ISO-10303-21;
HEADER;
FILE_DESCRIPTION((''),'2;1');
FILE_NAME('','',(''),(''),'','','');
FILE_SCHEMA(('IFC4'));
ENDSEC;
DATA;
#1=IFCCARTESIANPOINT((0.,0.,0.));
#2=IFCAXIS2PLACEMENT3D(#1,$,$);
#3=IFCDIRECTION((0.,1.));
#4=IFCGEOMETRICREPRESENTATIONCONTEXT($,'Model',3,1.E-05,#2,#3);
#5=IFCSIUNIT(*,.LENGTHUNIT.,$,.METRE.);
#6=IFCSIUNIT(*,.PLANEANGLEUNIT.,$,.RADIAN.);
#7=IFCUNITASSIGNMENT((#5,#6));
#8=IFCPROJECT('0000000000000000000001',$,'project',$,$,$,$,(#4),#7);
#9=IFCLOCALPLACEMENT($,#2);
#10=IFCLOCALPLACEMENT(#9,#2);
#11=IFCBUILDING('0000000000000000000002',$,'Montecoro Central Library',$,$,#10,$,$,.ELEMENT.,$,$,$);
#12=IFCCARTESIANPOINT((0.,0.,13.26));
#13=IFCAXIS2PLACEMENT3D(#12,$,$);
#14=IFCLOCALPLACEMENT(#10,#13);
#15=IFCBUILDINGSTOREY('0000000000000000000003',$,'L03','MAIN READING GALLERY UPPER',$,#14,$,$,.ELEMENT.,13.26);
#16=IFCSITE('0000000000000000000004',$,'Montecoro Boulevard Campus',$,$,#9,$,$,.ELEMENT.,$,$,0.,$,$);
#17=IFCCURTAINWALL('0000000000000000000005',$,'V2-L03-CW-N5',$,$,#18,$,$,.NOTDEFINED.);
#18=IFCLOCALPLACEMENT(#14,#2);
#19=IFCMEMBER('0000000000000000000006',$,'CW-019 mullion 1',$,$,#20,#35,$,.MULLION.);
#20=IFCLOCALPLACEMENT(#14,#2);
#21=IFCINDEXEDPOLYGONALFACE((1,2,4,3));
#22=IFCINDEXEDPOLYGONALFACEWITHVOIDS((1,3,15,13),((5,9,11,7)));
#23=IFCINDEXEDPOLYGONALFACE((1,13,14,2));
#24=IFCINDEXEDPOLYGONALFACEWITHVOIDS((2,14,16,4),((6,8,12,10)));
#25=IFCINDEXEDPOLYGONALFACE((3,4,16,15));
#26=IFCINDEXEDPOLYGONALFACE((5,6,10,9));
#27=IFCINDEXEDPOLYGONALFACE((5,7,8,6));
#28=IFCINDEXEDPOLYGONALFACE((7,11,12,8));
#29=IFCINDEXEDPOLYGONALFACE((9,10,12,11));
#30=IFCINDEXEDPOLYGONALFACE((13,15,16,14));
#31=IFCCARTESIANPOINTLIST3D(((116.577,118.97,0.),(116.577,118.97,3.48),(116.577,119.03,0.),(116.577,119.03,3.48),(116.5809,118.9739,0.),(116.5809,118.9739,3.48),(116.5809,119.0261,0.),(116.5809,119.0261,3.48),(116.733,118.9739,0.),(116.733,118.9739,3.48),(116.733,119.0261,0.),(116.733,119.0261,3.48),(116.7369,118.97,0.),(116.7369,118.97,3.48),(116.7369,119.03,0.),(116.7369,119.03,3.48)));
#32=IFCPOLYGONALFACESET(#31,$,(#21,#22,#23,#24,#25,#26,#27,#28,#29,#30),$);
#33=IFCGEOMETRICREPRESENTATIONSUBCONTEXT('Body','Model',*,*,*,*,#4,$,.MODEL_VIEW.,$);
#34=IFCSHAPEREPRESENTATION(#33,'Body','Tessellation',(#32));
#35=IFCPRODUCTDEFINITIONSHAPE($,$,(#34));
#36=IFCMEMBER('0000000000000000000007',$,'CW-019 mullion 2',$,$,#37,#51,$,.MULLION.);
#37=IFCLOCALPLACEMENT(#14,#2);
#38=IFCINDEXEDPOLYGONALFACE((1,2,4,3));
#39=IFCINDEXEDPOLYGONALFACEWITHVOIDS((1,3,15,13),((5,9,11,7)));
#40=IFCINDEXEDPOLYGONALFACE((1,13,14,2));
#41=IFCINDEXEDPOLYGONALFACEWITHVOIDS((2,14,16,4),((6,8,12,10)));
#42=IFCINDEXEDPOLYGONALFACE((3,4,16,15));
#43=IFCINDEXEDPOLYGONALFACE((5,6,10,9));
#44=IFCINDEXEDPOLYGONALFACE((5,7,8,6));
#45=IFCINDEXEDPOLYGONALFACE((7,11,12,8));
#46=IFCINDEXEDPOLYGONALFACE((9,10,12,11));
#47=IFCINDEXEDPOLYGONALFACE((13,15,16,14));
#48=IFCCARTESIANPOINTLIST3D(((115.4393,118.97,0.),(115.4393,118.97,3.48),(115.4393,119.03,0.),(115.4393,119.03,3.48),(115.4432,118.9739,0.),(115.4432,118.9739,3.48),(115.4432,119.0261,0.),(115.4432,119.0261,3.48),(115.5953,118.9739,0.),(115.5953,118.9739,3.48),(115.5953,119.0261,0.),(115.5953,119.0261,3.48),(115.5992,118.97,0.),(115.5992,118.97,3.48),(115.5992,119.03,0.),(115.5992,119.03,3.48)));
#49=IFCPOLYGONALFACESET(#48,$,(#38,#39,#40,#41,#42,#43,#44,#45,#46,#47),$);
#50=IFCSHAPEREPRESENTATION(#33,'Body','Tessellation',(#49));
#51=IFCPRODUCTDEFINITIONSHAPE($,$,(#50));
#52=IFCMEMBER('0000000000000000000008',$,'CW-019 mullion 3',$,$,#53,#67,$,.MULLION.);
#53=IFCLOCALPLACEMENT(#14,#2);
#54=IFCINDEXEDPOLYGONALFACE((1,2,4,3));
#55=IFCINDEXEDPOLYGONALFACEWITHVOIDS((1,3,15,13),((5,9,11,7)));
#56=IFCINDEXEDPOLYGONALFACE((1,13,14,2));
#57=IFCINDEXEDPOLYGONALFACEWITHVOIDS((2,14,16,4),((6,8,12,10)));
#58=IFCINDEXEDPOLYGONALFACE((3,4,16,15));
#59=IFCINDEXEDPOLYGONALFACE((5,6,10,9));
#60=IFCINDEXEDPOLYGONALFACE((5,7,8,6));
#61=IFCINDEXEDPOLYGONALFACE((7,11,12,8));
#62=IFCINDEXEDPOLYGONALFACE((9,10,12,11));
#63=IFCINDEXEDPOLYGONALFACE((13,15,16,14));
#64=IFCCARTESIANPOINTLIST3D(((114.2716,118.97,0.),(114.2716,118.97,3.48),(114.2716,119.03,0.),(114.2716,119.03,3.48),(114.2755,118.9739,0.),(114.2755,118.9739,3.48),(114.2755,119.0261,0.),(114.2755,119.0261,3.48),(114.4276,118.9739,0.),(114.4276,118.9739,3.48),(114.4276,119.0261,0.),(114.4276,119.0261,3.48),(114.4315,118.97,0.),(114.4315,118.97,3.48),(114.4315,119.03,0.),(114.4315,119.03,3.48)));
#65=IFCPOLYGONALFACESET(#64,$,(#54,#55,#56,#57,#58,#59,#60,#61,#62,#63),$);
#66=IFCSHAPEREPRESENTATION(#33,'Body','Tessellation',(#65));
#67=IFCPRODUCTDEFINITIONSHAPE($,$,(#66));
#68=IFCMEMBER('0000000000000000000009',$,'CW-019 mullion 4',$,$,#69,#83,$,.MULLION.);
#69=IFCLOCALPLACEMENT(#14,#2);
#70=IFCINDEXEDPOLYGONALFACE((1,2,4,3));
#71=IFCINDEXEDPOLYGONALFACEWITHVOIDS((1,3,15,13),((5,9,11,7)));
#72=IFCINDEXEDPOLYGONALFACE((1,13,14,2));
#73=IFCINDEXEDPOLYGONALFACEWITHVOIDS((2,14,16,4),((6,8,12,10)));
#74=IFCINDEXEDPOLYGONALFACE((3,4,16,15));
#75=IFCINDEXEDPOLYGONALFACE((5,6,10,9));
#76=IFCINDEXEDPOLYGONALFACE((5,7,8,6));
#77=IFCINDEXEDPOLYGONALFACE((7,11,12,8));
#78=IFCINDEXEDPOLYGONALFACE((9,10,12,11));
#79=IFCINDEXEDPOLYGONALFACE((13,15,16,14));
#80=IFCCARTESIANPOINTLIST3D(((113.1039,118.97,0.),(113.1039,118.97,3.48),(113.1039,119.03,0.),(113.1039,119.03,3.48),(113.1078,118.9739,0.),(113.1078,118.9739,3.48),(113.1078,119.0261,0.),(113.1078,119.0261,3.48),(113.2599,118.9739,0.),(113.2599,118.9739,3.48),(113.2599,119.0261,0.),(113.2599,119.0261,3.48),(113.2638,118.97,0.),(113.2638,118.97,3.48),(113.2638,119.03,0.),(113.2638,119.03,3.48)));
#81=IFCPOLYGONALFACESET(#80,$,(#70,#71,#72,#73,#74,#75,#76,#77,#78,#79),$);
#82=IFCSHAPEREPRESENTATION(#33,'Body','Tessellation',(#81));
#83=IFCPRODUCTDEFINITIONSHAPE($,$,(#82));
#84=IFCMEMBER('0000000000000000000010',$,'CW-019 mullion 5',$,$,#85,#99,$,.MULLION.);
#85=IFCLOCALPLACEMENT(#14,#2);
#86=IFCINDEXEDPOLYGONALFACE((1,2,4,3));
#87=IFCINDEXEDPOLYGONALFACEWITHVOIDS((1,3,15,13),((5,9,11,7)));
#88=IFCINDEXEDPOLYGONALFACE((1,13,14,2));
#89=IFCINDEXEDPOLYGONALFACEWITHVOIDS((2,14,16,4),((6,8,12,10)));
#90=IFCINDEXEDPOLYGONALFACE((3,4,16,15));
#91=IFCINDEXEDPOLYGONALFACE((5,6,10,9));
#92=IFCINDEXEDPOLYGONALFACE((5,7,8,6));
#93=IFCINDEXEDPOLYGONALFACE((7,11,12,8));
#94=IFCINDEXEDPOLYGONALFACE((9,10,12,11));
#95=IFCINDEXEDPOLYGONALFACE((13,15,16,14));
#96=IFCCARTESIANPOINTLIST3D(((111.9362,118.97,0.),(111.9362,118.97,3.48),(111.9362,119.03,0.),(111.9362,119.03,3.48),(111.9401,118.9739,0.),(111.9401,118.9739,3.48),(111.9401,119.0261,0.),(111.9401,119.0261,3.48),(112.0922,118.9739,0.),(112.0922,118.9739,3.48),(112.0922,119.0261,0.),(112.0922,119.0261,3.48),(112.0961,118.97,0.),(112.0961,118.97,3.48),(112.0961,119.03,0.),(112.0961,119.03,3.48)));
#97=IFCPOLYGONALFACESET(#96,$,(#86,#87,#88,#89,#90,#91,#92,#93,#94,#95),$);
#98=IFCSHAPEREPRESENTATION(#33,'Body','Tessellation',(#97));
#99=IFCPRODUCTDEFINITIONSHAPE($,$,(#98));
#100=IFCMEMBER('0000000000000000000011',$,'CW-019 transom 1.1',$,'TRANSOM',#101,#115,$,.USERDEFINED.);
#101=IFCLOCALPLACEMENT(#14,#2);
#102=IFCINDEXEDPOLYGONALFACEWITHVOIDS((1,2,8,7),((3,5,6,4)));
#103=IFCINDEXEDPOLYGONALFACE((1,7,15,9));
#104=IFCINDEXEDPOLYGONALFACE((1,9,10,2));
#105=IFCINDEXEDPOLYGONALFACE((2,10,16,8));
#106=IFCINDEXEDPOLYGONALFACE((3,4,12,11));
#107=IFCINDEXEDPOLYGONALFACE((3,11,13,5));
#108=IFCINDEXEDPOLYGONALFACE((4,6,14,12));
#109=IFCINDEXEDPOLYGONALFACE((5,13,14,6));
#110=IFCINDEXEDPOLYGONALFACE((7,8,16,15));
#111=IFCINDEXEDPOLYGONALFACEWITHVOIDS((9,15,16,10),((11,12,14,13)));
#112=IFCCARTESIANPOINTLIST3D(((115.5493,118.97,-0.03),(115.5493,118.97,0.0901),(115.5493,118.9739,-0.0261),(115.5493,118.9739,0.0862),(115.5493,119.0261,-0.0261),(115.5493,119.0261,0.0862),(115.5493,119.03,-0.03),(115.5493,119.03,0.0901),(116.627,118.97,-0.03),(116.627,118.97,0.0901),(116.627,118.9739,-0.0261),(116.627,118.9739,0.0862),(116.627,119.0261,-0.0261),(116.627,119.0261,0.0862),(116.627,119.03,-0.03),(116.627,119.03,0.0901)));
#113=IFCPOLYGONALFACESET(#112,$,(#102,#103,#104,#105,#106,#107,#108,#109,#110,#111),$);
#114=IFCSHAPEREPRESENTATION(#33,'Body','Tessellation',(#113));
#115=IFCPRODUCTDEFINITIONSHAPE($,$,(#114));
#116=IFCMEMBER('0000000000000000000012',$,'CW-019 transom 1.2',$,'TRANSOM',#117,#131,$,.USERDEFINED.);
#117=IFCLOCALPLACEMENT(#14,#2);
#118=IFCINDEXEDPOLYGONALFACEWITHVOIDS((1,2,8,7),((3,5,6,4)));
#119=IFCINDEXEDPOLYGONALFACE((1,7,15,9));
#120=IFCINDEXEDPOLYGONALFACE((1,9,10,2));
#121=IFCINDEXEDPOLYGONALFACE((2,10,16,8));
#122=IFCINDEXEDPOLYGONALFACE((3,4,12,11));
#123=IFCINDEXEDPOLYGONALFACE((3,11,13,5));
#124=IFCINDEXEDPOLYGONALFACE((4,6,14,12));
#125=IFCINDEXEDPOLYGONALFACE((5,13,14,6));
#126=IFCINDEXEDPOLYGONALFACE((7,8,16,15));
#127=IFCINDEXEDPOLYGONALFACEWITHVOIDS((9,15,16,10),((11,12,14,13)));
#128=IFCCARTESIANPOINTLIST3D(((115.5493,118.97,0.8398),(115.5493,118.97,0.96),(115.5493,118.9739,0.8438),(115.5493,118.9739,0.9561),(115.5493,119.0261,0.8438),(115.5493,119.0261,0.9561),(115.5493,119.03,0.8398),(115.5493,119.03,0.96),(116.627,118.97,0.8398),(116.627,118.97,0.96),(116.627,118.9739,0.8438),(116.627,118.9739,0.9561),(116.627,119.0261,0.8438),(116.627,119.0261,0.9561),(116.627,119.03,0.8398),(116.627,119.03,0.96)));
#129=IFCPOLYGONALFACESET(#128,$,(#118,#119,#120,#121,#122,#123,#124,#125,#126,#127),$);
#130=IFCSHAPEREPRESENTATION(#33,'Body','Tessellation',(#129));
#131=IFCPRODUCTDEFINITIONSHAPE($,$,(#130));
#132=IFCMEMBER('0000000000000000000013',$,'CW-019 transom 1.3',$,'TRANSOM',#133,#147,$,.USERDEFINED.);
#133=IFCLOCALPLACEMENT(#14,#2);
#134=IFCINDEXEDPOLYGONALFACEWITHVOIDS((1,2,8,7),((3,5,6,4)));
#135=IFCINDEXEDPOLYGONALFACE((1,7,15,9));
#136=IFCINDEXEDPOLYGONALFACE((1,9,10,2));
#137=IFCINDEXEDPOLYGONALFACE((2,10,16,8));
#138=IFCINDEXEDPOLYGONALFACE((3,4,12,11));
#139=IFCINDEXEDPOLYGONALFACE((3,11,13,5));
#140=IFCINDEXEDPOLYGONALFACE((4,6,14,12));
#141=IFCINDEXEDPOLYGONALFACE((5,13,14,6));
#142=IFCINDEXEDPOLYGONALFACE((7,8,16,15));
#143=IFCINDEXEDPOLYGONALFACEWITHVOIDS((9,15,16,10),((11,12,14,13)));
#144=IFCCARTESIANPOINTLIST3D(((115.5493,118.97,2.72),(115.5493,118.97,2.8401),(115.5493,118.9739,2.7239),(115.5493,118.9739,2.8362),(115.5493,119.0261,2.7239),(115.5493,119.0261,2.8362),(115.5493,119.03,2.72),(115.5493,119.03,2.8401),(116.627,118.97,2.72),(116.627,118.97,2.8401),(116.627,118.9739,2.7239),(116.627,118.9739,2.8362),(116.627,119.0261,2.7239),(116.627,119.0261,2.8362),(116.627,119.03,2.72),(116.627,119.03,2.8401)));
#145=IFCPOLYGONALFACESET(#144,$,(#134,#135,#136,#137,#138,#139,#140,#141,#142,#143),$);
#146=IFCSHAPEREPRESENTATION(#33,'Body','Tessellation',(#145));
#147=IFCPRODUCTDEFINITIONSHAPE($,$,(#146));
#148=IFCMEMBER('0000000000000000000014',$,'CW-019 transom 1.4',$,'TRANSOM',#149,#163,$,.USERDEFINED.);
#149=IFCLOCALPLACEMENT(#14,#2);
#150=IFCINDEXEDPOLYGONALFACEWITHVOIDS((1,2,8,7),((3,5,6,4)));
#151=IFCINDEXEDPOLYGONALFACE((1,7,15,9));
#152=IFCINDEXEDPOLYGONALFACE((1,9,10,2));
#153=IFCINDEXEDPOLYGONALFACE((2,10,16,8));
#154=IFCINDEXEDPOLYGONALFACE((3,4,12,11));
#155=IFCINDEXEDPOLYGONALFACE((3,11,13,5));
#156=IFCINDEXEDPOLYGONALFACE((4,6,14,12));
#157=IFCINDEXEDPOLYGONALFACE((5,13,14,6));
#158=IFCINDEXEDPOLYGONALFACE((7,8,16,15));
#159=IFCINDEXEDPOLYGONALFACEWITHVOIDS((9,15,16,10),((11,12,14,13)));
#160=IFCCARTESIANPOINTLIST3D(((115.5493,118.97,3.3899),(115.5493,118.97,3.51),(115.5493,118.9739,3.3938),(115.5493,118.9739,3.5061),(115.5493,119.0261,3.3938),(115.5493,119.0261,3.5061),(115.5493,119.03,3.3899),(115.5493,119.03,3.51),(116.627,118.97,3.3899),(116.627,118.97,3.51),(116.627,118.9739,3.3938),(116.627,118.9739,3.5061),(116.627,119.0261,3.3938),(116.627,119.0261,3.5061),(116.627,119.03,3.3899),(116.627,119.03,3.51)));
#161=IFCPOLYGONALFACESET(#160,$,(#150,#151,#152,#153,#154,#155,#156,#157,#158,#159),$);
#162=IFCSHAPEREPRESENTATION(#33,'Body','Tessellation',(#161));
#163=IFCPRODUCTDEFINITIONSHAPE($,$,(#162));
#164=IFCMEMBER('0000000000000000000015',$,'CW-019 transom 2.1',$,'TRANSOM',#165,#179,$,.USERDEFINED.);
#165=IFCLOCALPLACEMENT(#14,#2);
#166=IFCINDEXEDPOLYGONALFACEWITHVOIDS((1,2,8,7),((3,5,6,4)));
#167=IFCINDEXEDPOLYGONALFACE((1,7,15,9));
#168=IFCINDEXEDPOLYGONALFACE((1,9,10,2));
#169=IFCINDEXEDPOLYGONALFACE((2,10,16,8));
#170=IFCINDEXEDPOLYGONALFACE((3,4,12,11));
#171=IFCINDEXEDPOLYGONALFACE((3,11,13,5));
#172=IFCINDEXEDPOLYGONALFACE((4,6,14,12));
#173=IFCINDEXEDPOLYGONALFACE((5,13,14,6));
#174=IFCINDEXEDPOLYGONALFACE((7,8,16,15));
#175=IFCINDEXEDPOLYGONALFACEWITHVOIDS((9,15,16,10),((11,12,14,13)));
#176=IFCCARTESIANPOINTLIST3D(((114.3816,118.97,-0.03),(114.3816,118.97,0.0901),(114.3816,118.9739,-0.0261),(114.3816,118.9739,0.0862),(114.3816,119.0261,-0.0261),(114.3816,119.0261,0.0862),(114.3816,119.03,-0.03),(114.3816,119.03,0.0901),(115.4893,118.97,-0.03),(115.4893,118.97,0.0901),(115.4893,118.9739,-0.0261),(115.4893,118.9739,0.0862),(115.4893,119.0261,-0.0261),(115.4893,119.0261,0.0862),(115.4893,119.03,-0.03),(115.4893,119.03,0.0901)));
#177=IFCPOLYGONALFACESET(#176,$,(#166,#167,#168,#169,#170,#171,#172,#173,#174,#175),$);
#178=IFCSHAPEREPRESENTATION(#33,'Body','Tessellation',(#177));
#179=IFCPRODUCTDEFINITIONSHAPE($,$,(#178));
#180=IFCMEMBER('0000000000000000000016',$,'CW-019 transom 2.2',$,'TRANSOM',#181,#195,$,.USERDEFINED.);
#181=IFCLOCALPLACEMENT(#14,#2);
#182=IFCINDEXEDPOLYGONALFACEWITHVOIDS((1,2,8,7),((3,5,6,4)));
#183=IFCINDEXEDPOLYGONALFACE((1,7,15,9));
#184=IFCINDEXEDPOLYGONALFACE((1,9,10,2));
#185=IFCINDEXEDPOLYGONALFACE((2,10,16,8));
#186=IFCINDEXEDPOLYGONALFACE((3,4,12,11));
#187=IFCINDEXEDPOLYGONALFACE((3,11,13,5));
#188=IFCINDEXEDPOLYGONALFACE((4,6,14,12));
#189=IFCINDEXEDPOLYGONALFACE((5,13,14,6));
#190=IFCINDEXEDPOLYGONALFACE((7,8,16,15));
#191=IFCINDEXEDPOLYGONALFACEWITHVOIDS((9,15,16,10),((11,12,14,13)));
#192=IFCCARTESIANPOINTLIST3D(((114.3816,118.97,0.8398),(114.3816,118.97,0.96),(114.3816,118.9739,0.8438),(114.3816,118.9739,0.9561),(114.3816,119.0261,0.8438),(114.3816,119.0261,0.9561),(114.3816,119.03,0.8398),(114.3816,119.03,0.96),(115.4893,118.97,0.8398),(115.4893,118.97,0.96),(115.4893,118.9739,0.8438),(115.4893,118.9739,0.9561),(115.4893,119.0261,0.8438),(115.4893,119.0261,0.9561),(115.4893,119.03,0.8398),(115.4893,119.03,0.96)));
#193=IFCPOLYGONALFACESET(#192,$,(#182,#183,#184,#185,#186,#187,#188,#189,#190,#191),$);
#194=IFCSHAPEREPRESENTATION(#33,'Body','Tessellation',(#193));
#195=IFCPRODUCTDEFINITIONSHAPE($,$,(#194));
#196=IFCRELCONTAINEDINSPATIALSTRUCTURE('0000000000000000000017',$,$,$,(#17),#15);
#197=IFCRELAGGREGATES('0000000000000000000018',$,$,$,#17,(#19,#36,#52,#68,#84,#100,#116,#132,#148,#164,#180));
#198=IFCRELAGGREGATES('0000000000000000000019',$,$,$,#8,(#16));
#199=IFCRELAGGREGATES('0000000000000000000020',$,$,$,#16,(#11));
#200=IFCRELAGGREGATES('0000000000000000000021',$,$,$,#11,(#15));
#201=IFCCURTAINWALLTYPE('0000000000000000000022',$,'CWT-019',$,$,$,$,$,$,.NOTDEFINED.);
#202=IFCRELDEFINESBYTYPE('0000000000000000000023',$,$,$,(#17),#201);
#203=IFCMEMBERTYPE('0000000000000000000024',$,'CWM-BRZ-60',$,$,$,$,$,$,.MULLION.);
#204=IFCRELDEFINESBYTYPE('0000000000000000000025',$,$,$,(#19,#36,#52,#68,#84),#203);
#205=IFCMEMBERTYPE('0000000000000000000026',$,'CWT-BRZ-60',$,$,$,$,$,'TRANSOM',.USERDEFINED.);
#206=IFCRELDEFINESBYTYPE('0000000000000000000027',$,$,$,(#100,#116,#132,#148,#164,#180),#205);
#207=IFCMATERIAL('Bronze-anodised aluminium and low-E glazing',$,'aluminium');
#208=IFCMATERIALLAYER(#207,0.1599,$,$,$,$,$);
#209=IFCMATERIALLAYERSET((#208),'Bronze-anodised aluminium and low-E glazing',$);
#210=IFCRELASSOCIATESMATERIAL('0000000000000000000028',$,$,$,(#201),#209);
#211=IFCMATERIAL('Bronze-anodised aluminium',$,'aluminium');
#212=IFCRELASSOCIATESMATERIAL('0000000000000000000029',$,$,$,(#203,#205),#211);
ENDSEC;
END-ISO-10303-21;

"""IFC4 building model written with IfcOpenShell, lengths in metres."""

from ifc_helpers import new_model, si_unit, direction, frame, origin, origin_2d, place, context, subcontext, project, spatial, hollow_rectangle, extrude, material, layer, layer_set, material_profile, profile_set, type_object, element, aggregate, save


model = new_model("IFC4")

# Units and contexts
model_context = context("Model", 3, precision=1e-05, world=origin(), true_north=direction((0.0, 1.0)))
body_context = subcontext(model_context, "Body", "Model", "MODEL_VIEW")
ifc_project = project(units=[si_unit("LENGTHUNIT", "METRE"), si_unit("PLANEANGLEUNIT", "RADIAN")], contexts=[model_context])

# Site, building, storey
site_placement = place(None, origin())
site = spatial("IfcSite", under=ifc_project, at=site_placement, Name="Montecoro Boulevard Campus", CompositionType="ELEMENT", RefElevation=0.0)
building_placement = place(site_placement, origin())
building = spatial("IfcBuilding", under=site, at=building_placement, Name="Montecoro Central Library", CompositionType="ELEMENT")
storey_placement = place(building_placement, frame((0.0, 0.0, 13.26)))
storey = spatial("IfcBuildingStorey", under=building, at=storey_placement, Name="L03", Description="MAIN READING GALLERY UPPER", CompositionType="ELEMENT", Elevation=13.26)

# Curtain wall, members
ifc_material_1 = material(Name="Bronze-anodised aluminium and low-E glazing", Category="aluminium")
ifc_layer_1 = layer(ifc_material_1, 0.1599)
ifc_layer_set_1 = layer_set([ifc_layer_1], Name="Bronze-anodised aluminium and low-E glazing")
curtain_wall_type = type_object("IfcCurtainWallType", Name="CWT-019", PredefinedType="NOTDEFINED", material=ifc_layer_set_1)
curtain_wall_placement = place(storey_placement, origin())
curtain_wall = element("IfcCurtainWall", 1, at=curtain_wall_placement, inside=storey, type_object=curtain_wall_type, Name="V2-L03-CW-N5", PredefinedType="NOTDEFINED")
ifc_material_2 = material(Name="Bronze-anodised aluminium", Category="aluminium")
ifc_material_profile_1 = material_profile(ifc_material_2, hollow_rectangle(XDim=0.0601, YDim=0.1599, WallThickness=0.0039, at=origin_2d()), Name="CWM 160x60x4.0")
ifc_profile_set_1 = profile_set([ifc_material_profile_1], Name="Bronze-anodised aluminium")
member_type_1 = type_object("IfcMemberType", Name="CWM-BRZ-60", PredefinedType="MULLION", material=ifc_profile_set_1)
member_1_placement = place(storey_placement, frame((116.657, 119.0, 0.0), z_axis=(0.0, 0.0, 1.0), x_axis=(0.0, -1.0, 0.0)))
member_1 = element("IfcMember", 2, at=member_1_placement, type_object=member_type_1, Name="CW-019 mullion 1", PredefinedType="MULLION", context=body_context, shape_type="SweptSolid", body=[
    extrude(hollow_rectangle(XDim=0.0601, YDim=0.1599, WallThickness=0.0039, at=origin_2d()), origin(), (0.0, 0.0, 1.0), 3.48),
])
member_2_placement = place(storey_placement, frame((115.5193, 119.0, 0.0), z_axis=(0.0, 0.0, 1.0), x_axis=(0.0, -1.0, 0.0)))
member_2 = element("IfcMember", 3, at=member_2_placement, type_object=member_type_1, Name="CW-019 mullion 2", PredefinedType="MULLION", context=body_context, shape_type="SweptSolid", body=[
    extrude(hollow_rectangle(XDim=0.0601, YDim=0.1599, WallThickness=0.0039, at=origin_2d()), origin(), (0.0, 0.0, 1.0), 3.48),
])
member_3_placement = place(storey_placement, frame((114.3516, 119.0, 0.0), z_axis=(0.0, 0.0, 1.0), x_axis=(0.0, -1.0, 0.0)))
member_3 = element("IfcMember", 4, at=member_3_placement, type_object=member_type_1, Name="CW-019 mullion 3", PredefinedType="MULLION", context=body_context, shape_type="SweptSolid", body=[
    extrude(hollow_rectangle(XDim=0.0601, YDim=0.1599, WallThickness=0.0039, at=origin_2d()), origin(), (0.0, 0.0, 1.0), 3.48),
])
member_4_placement = place(storey_placement, frame((113.1838, 119.0, 0.0), z_axis=(0.0, 0.0, 1.0), x_axis=(0.0, -1.0, 0.0)))
member_4 = element("IfcMember", 5, at=member_4_placement, type_object=member_type_1, Name="CW-019 mullion 4", PredefinedType="MULLION", context=body_context, shape_type="SweptSolid", body=[
    extrude(hollow_rectangle(XDim=0.0601, YDim=0.1599, WallThickness=0.0039, at=origin_2d()), origin(), (0.0, 0.0, 1.0), 3.48),
])
member_5_placement = place(storey_placement, frame((112.0161, 119.0, 0.0), z_axis=(0.0, 0.0, 1.0), x_axis=(0.0, -1.0, 0.0)))
member_5 = element("IfcMember", 6, at=member_5_placement, type_object=member_type_1, Name="CW-019 mullion 5", PredefinedType="MULLION", context=body_context, shape_type="SweptSolid", body=[
    extrude(hollow_rectangle(XDim=0.0601, YDim=0.1599, WallThickness=0.0039, at=origin_2d()), origin(), (0.0, 0.0, 1.0), 3.48),
])
ifc_material_profile_2 = material_profile(ifc_material_2, hollow_rectangle(XDim=0.0601, YDim=0.1201, WallThickness=0.0039, at=origin_2d()), Name="CWT 120x60x4.0")
ifc_profile_set_2 = profile_set([ifc_material_profile_2], Name="Bronze-anodised aluminium")
member_type_2 = type_object("IfcMemberType", Name="CWT-BRZ-60", ElementType="TRANSOM", PredefinedType="USERDEFINED", material=ifc_profile_set_2)
member_6_placement = place(storey_placement, frame((116.627, 119.0, 0.03), z_axis=(-1.0, 0.0, 0.0), x_axis=(0.0, -1.0, 0.0)))
member_6 = element("IfcMember", 7, at=member_6_placement, type_object=member_type_2, Name="CW-019 transom 1.1", ObjectType="TRANSOM", PredefinedType="USERDEFINED", context=body_context, shape_type="SweptSolid", body=[
    extrude(hollow_rectangle(XDim=0.0601, YDim=0.1201, WallThickness=0.0039, at=origin_2d()), origin(), (0.0, 0.0, 1.0), 1.0776),
])
member_7_placement = place(storey_placement, frame((116.627, 119.0, 0.8999), z_axis=(-1.0, 0.0, 0.0), x_axis=(0.0, -1.0, 0.0)))
member_7 = element("IfcMember", 8, at=member_7_placement, type_object=member_type_2, Name="CW-019 transom 1.2", ObjectType="TRANSOM", PredefinedType="USERDEFINED", context=body_context, shape_type="SweptSolid", body=[
    extrude(hollow_rectangle(XDim=0.0601, YDim=0.1201, WallThickness=0.0039, at=origin_2d()), origin(), (0.0, 0.0, 1.0), 1.0776),
])
member_8_placement = place(storey_placement, frame((116.627, 119.0, 2.78), z_axis=(-1.0, 0.0, 0.0), x_axis=(0.0, -1.0, 0.0)))
member_8 = element("IfcMember", 9, at=member_8_placement, type_object=member_type_2, Name="CW-019 transom 1.3", ObjectType="TRANSOM", PredefinedType="USERDEFINED", context=body_context, shape_type="SweptSolid", body=[
    extrude(hollow_rectangle(XDim=0.0601, YDim=0.1201, WallThickness=0.0039, at=origin_2d()), origin(), (0.0, 0.0, 1.0), 1.0776),
])
member_9_placement = place(storey_placement, frame((116.627, 119.0, 3.45), z_axis=(-1.0, 0.0, 0.0), x_axis=(0.0, -1.0, 0.0)))
member_9 = element("IfcMember", 10, at=member_9_placement, type_object=member_type_2, Name="CW-019 transom 1.4", ObjectType="TRANSOM", PredefinedType="USERDEFINED", context=body_context, shape_type="SweptSolid", body=[
    extrude(hollow_rectangle(XDim=0.0601, YDim=0.1201, WallThickness=0.0039, at=origin_2d()), origin(), (0.0, 0.0, 1.0), 1.0776),
])
member_10_placement = place(storey_placement, frame((115.4893, 119.0, 0.03), z_axis=(-1.0, 0.0, 0.0), x_axis=(0.0, -1.0, 0.0)))
member_10 = element("IfcMember", 11, at=member_10_placement, type_object=member_type_2, Name="CW-019 transom 2.1", ObjectType="TRANSOM", PredefinedType="USERDEFINED", context=body_context, shape_type="SweptSolid", body=[
    extrude(hollow_rectangle(XDim=0.0601, YDim=0.1201, WallThickness=0.0039, at=origin_2d()), origin(), (0.0, 0.0, 1.0), 1.1077),
])
member_11_placement = place(storey_placement, frame((115.4893, 119.0, 0.8999), z_axis=(-1.0, 0.0, 0.0), x_axis=(0.0, -1.0, 0.0)))
member_11 = element("IfcMember", 12, at=member_11_placement, type_object=member_type_2, Name="CW-019 transom 2.2", ObjectType="TRANSOM", PredefinedType="USERDEFINED", context=body_context, shape_type="SweptSolid", body=[
    extrude(hollow_rectangle(XDim=0.0601, YDim=0.1201, WallThickness=0.0039, at=origin_2d()), origin(), (0.0, 0.0, 1.0), 1.1077),
])
aggregate(curtain_wall, [member_1, member_2, member_3, member_4, member_5, member_6, member_7, member_8, member_9, member_10, member_11])

save(model, "model.ifc")
